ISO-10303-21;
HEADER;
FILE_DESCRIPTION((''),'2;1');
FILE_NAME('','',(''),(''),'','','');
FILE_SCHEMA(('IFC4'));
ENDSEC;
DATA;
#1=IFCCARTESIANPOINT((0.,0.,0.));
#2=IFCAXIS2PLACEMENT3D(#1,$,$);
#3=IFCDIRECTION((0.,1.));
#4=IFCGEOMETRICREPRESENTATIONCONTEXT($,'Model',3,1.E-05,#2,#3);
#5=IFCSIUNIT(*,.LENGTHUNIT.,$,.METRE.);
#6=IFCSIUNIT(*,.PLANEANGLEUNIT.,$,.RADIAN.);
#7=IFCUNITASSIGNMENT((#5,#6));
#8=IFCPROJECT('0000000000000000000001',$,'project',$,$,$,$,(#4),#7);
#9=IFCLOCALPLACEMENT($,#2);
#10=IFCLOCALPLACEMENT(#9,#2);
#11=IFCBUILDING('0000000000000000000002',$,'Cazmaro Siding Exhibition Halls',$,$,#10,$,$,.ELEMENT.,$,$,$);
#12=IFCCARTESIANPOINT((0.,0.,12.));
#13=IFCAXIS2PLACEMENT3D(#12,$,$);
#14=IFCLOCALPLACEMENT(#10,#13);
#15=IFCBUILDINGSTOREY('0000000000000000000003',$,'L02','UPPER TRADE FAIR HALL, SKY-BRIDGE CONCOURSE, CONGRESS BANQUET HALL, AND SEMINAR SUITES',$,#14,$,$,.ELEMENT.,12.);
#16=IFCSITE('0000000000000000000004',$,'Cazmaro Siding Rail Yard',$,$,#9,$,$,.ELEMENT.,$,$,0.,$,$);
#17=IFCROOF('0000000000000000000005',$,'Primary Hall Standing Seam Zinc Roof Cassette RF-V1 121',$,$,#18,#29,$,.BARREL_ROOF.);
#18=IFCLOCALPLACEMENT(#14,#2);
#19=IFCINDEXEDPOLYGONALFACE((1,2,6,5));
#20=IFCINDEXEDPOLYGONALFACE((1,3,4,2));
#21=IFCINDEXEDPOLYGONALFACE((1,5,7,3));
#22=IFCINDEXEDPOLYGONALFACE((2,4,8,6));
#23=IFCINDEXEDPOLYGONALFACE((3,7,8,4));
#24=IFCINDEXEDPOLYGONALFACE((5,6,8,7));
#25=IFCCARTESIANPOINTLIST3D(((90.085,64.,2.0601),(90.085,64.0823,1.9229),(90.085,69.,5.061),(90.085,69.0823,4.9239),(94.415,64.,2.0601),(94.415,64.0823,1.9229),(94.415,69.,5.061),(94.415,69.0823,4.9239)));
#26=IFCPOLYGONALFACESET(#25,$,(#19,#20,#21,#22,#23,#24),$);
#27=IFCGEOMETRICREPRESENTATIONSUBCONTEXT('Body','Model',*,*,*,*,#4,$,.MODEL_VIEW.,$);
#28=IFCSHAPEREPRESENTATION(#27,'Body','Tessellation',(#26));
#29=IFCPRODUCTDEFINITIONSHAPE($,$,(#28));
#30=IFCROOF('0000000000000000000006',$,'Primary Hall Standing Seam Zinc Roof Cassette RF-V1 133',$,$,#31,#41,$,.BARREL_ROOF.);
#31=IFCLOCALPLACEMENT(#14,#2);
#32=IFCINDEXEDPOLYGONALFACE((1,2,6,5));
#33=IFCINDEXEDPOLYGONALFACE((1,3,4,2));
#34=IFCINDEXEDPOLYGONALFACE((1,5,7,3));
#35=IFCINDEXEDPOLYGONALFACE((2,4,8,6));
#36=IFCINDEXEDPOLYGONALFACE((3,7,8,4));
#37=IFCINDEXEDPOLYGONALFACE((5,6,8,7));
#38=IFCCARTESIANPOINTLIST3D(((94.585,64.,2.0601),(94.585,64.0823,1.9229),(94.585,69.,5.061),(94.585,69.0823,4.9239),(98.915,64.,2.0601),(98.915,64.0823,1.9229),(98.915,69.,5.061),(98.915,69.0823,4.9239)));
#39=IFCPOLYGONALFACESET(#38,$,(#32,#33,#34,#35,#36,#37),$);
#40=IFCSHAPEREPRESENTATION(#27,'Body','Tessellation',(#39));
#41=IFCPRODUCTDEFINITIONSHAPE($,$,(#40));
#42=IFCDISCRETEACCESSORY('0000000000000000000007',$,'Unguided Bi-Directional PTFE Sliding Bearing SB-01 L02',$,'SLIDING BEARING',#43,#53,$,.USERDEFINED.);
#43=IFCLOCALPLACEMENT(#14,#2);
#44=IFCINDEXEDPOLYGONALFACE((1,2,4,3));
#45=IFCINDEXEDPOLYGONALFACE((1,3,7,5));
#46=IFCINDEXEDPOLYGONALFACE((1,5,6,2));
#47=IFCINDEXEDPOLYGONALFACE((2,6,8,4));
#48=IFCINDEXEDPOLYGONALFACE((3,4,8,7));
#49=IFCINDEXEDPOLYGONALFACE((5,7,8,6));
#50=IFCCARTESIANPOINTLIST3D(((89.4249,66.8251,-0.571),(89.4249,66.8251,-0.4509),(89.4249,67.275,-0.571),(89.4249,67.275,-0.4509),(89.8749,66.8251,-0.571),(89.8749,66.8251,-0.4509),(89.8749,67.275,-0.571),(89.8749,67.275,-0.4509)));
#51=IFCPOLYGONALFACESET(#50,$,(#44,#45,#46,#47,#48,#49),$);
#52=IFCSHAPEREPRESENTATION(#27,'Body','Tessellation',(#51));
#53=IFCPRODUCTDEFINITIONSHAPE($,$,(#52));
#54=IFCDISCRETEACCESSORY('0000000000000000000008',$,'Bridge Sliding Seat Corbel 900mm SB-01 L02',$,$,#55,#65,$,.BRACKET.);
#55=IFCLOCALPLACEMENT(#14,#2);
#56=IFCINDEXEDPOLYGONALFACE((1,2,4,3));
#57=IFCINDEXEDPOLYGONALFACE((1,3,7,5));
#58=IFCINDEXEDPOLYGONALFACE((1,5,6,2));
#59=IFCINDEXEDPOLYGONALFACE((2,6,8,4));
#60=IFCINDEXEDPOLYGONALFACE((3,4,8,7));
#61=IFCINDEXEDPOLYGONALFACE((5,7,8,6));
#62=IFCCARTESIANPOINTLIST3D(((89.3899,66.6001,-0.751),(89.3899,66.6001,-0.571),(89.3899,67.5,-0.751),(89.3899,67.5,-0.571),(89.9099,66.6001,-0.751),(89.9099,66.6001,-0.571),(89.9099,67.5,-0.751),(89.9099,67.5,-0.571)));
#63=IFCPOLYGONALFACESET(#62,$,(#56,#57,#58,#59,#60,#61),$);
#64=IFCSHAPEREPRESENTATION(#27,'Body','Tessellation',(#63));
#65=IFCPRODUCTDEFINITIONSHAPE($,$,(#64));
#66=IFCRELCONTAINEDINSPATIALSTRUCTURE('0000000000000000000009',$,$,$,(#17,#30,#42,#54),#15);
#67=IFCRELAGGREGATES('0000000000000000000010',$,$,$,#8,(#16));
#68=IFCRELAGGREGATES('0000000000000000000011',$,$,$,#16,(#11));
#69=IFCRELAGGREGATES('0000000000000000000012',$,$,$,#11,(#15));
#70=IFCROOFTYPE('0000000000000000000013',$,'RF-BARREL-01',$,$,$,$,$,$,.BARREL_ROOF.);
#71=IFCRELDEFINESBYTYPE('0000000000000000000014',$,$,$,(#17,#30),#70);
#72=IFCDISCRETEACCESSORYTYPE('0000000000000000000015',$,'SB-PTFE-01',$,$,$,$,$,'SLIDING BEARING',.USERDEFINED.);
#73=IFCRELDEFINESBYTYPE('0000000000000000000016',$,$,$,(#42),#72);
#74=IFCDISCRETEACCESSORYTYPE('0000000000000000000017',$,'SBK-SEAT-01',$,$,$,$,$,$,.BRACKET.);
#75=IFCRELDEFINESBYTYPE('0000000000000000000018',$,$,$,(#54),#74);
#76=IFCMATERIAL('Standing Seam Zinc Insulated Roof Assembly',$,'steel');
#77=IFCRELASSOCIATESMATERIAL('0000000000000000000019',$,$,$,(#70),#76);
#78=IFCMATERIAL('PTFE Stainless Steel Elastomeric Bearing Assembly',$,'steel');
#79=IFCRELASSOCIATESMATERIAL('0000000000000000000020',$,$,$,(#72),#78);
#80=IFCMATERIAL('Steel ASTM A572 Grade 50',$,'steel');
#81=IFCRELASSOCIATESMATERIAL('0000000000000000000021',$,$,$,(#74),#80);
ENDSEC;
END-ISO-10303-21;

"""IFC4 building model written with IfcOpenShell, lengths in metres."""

from ifc_helpers import new_model, si_unit, direction, frame, origin, origin_2d, place, context, subcontext, project, spatial, polyline, rectangle, outline, extrude, material, type_object, element, save


model = new_model("IFC4")

# Units and contexts
model_context = context("Model", 3, precision=1e-05, world=origin(), true_north=direction((0.0, 1.0)))
body_context = subcontext(model_context, "Body", "Model", "MODEL_VIEW")
ifc_project = project(units=[si_unit("LENGTHUNIT", "METRE"), si_unit("PLANEANGLEUNIT", "RADIAN")], contexts=[model_context])

# Site, building, storey
site_placement = place(None, origin())
site = spatial("IfcSite", under=ifc_project, at=site_placement, Name="Cazmaro Siding Rail Yard", CompositionType="ELEMENT", RefElevation=0.0)
building_placement = place(site_placement, origin())
building = spatial("IfcBuilding", under=site, at=building_placement, Name="Cazmaro Siding Exhibition Halls", CompositionType="ELEMENT")
storey_placement = place(building_placement, frame((0.0, 0.0, 12.0)))
storey = spatial("IfcBuildingStorey", under=building, at=storey_placement, Name="L02", Description="UPPER TRADE FAIR HALL, SKY-BRIDGE CONCOURSE, CONGRESS BANQUET HALL, AND SEMINAR SUITES", CompositionType="ELEMENT", Elevation=12.0)

# Roofs
ifc_material_1 = material(Name="Standing Seam Zinc Insulated Roof Assembly", Category="steel")
roof_type = type_object("IfcRoofType", Name="RF-BARREL-01", PredefinedType="BARREL_ROOF", material=ifc_material_1)
for number, where, z_axis, x_axis, name in (
    (1, (90.085, 64.0, 2.0601), (0.0, -0.514619, 0.857419), (1.0, 0.0, 0.0), "Primary Hall Standing Seam Zinc Roof Cassette RF-V1 121"),
    (2, (94.585, 64.0, 2.0601), (0.0, -0.514619, 0.857419), (1.0, 0.0, 0.0), "Primary Hall Standing Seam Zinc Roof Cassette RF-V1 133"),
):
    element("IfcRoof", number, at=place(storey_placement, frame(where, z_axis=z_axis, x_axis=x_axis)), inside=storey, type_object=roof_type, Name=name, PredefinedType="BARREL_ROOF", context=body_context, shape_type="SweptSolid", body=[
        extrude(outline(polyline([(0.0, 0.0), (4.3301, 0.0), (4.3301, 5.8315), (0.0, 5.8315), (0.0, 0.0)])), origin(), (0.0, 0.0, -1.0), 0.1599),
    ])

# Discrete accessories
ifc_material_2 = material(Name="PTFE Stainless Steel Elastomeric Bearing Assembly", Category="steel")
discrete_accessory_type_1 = type_object("IfcDiscreteAccessoryType", Name="SB-PTFE-01", ElementType="SLIDING BEARING", PredefinedType="USERDEFINED", material=ifc_material_2)
discrete_accessory_1_placement = place(storey_placement, frame((89.6499, 67.05, -0.571), z_axis=(0.0, 0.0, 1.0), x_axis=(1.0, 0.0, 0.0)))
element("IfcDiscreteAccessory", 3, at=discrete_accessory_1_placement, inside=storey, type_object=discrete_accessory_type_1, Name="Unguided Bi-Directional PTFE Sliding Bearing SB-01 L02", ObjectType="SLIDING BEARING", PredefinedType="USERDEFINED", context=body_context, shape_type="SweptSolid", body=[
    extrude(rectangle(XDim=0.45, YDim=0.45, at=origin_2d()), origin(), (0.0, 0.0, 1.0), 0.1201),
])
ifc_material_3 = material(Name="Steel ASTM A572 Grade 50", Category="steel")
discrete_accessory_type_2 = type_object("IfcDiscreteAccessoryType", Name="SBK-SEAT-01", PredefinedType="BRACKET", material=ifc_material_3)
discrete_accessory_2_placement = place(storey_placement, frame((89.6499, 67.05, -0.751), z_axis=(0.0, 0.0, 1.0), x_axis=(1.0, 0.0, 0.0)))
element("IfcDiscreteAccessory", 4, at=discrete_accessory_2_placement, inside=storey, type_object=discrete_accessory_type_2, Name="Bridge Sliding Seat Corbel 900mm SB-01 L02", PredefinedType="BRACKET", context=body_context, shape_type="SweptSolid", body=[
    extrude(rectangle(XDim=0.52, YDim=0.8999, at=origin_2d()), origin(), (0.0, 0.0, 1.0), 0.1799),
])

save(model, "model.ifc")
